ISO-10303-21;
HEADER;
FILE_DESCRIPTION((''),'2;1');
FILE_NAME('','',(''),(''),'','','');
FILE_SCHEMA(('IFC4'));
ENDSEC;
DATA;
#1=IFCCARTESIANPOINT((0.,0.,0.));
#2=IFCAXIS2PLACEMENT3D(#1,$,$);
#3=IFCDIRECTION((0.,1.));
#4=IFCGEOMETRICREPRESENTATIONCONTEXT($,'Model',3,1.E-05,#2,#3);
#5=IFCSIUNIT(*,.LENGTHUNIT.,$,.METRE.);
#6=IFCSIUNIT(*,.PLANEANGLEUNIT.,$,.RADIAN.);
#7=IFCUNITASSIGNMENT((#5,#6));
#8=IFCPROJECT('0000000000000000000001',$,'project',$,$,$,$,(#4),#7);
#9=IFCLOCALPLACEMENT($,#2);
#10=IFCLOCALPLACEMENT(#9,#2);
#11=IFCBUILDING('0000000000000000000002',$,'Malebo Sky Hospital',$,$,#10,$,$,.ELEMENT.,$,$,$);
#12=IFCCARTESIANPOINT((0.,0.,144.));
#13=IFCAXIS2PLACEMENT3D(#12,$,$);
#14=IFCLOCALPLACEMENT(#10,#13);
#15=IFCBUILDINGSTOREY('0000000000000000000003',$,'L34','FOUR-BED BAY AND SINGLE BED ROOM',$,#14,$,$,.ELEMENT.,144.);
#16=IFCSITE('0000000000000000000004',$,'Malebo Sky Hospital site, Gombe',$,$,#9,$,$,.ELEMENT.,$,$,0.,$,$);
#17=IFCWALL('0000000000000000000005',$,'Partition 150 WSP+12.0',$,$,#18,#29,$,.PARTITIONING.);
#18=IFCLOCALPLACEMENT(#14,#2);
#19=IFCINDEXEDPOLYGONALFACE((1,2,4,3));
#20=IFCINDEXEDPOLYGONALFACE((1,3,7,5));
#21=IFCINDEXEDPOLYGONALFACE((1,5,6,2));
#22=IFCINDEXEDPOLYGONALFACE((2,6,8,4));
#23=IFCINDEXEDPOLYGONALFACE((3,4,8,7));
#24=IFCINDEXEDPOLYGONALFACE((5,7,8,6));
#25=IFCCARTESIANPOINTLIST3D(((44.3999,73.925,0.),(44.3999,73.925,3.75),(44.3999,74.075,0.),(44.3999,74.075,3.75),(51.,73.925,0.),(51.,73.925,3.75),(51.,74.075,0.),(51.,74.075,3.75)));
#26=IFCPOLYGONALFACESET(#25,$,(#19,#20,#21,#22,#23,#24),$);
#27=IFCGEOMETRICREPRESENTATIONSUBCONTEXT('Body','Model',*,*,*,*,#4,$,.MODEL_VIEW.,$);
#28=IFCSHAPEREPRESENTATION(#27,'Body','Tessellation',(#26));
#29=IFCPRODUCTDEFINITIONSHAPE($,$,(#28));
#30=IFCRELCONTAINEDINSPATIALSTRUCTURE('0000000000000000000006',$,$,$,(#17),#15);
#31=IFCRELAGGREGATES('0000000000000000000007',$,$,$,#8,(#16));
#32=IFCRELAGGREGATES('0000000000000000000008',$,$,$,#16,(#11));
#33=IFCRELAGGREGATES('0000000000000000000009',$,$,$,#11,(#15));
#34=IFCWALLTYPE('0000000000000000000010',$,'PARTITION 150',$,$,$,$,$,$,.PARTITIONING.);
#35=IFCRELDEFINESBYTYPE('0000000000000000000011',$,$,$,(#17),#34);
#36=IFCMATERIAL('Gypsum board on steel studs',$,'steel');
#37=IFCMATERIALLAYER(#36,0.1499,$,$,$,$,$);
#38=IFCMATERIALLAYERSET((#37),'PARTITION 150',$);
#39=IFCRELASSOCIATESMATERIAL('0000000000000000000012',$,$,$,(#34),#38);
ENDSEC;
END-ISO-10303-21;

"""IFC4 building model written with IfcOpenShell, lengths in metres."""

from ifc_helpers import new_model, si_unit, direction, frame, frame_2d, origin, place, context, subcontext, project, spatial, rectangle, extrude, material, layer, layer_set, type_object, element, save


model = new_model("IFC4")

# Units and contexts
model_context = context("Model", 3, precision=1e-05, world=origin(), true_north=direction((0.0, 1.0)))
body_context = subcontext(model_context, "Body", "Model", "MODEL_VIEW")
ifc_project = project(units=[si_unit("LENGTHUNIT", "METRE"), si_unit("PLANEANGLEUNIT", "RADIAN")], contexts=[model_context])

# Site, building, storey
site_placement = place(None, origin())
site = spatial("IfcSite", under=ifc_project, at=site_placement, Name="Malebo Sky Hospital site, Gombe", CompositionType="ELEMENT", RefElevation=0.0)
building_placement = place(site_placement, origin())
building = spatial("IfcBuilding", under=site, at=building_placement, Name="Malebo Sky Hospital", CompositionType="ELEMENT")
storey_placement = place(building_placement, frame((0.0, 0.0, 144.0)))
storey = spatial("IfcBuildingStorey", under=building, at=storey_placement, Name="L34", Description="FOUR-BED BAY AND SINGLE BED ROOM", CompositionType="ELEMENT", Elevation=144.0)

# Shared definitions
ifc_material_1 = material(Name="Gypsum board on steel studs", Category="steel")

# Shared definitions
ifc_layer_1 = layer(ifc_material_1, 0.1499)
ifc_layer_set_1 = layer_set([ifc_layer_1], Name="PARTITION 150")
wall_type_1 = type_object("IfcWallType", Name="PARTITION 150", PredefinedType="PARTITIONING", material=ifc_layer_set_1)

# Wall
wall_1_placement = place(storey_placement, frame((51.0, 74.0, 0.0), z_axis=(0.0, 0.0, 1.0), x_axis=(-1.0, 0.0, 0.0)))
element("IfcWall", 1, at=wall_1_placement, inside=storey, type_object=wall_type_1, Name="Partition 150 WSP+12.0", PredefinedType="PARTITIONING", context=body_context, shape_type="SweptSolid", body=[
    extrude(rectangle(XDim=6.6001, YDim=0.1499, at=frame_2d((3.3, 0.0))), origin(), (0.0, 0.0, 1.0), 3.75),
])

save(model, "model.ifc")
